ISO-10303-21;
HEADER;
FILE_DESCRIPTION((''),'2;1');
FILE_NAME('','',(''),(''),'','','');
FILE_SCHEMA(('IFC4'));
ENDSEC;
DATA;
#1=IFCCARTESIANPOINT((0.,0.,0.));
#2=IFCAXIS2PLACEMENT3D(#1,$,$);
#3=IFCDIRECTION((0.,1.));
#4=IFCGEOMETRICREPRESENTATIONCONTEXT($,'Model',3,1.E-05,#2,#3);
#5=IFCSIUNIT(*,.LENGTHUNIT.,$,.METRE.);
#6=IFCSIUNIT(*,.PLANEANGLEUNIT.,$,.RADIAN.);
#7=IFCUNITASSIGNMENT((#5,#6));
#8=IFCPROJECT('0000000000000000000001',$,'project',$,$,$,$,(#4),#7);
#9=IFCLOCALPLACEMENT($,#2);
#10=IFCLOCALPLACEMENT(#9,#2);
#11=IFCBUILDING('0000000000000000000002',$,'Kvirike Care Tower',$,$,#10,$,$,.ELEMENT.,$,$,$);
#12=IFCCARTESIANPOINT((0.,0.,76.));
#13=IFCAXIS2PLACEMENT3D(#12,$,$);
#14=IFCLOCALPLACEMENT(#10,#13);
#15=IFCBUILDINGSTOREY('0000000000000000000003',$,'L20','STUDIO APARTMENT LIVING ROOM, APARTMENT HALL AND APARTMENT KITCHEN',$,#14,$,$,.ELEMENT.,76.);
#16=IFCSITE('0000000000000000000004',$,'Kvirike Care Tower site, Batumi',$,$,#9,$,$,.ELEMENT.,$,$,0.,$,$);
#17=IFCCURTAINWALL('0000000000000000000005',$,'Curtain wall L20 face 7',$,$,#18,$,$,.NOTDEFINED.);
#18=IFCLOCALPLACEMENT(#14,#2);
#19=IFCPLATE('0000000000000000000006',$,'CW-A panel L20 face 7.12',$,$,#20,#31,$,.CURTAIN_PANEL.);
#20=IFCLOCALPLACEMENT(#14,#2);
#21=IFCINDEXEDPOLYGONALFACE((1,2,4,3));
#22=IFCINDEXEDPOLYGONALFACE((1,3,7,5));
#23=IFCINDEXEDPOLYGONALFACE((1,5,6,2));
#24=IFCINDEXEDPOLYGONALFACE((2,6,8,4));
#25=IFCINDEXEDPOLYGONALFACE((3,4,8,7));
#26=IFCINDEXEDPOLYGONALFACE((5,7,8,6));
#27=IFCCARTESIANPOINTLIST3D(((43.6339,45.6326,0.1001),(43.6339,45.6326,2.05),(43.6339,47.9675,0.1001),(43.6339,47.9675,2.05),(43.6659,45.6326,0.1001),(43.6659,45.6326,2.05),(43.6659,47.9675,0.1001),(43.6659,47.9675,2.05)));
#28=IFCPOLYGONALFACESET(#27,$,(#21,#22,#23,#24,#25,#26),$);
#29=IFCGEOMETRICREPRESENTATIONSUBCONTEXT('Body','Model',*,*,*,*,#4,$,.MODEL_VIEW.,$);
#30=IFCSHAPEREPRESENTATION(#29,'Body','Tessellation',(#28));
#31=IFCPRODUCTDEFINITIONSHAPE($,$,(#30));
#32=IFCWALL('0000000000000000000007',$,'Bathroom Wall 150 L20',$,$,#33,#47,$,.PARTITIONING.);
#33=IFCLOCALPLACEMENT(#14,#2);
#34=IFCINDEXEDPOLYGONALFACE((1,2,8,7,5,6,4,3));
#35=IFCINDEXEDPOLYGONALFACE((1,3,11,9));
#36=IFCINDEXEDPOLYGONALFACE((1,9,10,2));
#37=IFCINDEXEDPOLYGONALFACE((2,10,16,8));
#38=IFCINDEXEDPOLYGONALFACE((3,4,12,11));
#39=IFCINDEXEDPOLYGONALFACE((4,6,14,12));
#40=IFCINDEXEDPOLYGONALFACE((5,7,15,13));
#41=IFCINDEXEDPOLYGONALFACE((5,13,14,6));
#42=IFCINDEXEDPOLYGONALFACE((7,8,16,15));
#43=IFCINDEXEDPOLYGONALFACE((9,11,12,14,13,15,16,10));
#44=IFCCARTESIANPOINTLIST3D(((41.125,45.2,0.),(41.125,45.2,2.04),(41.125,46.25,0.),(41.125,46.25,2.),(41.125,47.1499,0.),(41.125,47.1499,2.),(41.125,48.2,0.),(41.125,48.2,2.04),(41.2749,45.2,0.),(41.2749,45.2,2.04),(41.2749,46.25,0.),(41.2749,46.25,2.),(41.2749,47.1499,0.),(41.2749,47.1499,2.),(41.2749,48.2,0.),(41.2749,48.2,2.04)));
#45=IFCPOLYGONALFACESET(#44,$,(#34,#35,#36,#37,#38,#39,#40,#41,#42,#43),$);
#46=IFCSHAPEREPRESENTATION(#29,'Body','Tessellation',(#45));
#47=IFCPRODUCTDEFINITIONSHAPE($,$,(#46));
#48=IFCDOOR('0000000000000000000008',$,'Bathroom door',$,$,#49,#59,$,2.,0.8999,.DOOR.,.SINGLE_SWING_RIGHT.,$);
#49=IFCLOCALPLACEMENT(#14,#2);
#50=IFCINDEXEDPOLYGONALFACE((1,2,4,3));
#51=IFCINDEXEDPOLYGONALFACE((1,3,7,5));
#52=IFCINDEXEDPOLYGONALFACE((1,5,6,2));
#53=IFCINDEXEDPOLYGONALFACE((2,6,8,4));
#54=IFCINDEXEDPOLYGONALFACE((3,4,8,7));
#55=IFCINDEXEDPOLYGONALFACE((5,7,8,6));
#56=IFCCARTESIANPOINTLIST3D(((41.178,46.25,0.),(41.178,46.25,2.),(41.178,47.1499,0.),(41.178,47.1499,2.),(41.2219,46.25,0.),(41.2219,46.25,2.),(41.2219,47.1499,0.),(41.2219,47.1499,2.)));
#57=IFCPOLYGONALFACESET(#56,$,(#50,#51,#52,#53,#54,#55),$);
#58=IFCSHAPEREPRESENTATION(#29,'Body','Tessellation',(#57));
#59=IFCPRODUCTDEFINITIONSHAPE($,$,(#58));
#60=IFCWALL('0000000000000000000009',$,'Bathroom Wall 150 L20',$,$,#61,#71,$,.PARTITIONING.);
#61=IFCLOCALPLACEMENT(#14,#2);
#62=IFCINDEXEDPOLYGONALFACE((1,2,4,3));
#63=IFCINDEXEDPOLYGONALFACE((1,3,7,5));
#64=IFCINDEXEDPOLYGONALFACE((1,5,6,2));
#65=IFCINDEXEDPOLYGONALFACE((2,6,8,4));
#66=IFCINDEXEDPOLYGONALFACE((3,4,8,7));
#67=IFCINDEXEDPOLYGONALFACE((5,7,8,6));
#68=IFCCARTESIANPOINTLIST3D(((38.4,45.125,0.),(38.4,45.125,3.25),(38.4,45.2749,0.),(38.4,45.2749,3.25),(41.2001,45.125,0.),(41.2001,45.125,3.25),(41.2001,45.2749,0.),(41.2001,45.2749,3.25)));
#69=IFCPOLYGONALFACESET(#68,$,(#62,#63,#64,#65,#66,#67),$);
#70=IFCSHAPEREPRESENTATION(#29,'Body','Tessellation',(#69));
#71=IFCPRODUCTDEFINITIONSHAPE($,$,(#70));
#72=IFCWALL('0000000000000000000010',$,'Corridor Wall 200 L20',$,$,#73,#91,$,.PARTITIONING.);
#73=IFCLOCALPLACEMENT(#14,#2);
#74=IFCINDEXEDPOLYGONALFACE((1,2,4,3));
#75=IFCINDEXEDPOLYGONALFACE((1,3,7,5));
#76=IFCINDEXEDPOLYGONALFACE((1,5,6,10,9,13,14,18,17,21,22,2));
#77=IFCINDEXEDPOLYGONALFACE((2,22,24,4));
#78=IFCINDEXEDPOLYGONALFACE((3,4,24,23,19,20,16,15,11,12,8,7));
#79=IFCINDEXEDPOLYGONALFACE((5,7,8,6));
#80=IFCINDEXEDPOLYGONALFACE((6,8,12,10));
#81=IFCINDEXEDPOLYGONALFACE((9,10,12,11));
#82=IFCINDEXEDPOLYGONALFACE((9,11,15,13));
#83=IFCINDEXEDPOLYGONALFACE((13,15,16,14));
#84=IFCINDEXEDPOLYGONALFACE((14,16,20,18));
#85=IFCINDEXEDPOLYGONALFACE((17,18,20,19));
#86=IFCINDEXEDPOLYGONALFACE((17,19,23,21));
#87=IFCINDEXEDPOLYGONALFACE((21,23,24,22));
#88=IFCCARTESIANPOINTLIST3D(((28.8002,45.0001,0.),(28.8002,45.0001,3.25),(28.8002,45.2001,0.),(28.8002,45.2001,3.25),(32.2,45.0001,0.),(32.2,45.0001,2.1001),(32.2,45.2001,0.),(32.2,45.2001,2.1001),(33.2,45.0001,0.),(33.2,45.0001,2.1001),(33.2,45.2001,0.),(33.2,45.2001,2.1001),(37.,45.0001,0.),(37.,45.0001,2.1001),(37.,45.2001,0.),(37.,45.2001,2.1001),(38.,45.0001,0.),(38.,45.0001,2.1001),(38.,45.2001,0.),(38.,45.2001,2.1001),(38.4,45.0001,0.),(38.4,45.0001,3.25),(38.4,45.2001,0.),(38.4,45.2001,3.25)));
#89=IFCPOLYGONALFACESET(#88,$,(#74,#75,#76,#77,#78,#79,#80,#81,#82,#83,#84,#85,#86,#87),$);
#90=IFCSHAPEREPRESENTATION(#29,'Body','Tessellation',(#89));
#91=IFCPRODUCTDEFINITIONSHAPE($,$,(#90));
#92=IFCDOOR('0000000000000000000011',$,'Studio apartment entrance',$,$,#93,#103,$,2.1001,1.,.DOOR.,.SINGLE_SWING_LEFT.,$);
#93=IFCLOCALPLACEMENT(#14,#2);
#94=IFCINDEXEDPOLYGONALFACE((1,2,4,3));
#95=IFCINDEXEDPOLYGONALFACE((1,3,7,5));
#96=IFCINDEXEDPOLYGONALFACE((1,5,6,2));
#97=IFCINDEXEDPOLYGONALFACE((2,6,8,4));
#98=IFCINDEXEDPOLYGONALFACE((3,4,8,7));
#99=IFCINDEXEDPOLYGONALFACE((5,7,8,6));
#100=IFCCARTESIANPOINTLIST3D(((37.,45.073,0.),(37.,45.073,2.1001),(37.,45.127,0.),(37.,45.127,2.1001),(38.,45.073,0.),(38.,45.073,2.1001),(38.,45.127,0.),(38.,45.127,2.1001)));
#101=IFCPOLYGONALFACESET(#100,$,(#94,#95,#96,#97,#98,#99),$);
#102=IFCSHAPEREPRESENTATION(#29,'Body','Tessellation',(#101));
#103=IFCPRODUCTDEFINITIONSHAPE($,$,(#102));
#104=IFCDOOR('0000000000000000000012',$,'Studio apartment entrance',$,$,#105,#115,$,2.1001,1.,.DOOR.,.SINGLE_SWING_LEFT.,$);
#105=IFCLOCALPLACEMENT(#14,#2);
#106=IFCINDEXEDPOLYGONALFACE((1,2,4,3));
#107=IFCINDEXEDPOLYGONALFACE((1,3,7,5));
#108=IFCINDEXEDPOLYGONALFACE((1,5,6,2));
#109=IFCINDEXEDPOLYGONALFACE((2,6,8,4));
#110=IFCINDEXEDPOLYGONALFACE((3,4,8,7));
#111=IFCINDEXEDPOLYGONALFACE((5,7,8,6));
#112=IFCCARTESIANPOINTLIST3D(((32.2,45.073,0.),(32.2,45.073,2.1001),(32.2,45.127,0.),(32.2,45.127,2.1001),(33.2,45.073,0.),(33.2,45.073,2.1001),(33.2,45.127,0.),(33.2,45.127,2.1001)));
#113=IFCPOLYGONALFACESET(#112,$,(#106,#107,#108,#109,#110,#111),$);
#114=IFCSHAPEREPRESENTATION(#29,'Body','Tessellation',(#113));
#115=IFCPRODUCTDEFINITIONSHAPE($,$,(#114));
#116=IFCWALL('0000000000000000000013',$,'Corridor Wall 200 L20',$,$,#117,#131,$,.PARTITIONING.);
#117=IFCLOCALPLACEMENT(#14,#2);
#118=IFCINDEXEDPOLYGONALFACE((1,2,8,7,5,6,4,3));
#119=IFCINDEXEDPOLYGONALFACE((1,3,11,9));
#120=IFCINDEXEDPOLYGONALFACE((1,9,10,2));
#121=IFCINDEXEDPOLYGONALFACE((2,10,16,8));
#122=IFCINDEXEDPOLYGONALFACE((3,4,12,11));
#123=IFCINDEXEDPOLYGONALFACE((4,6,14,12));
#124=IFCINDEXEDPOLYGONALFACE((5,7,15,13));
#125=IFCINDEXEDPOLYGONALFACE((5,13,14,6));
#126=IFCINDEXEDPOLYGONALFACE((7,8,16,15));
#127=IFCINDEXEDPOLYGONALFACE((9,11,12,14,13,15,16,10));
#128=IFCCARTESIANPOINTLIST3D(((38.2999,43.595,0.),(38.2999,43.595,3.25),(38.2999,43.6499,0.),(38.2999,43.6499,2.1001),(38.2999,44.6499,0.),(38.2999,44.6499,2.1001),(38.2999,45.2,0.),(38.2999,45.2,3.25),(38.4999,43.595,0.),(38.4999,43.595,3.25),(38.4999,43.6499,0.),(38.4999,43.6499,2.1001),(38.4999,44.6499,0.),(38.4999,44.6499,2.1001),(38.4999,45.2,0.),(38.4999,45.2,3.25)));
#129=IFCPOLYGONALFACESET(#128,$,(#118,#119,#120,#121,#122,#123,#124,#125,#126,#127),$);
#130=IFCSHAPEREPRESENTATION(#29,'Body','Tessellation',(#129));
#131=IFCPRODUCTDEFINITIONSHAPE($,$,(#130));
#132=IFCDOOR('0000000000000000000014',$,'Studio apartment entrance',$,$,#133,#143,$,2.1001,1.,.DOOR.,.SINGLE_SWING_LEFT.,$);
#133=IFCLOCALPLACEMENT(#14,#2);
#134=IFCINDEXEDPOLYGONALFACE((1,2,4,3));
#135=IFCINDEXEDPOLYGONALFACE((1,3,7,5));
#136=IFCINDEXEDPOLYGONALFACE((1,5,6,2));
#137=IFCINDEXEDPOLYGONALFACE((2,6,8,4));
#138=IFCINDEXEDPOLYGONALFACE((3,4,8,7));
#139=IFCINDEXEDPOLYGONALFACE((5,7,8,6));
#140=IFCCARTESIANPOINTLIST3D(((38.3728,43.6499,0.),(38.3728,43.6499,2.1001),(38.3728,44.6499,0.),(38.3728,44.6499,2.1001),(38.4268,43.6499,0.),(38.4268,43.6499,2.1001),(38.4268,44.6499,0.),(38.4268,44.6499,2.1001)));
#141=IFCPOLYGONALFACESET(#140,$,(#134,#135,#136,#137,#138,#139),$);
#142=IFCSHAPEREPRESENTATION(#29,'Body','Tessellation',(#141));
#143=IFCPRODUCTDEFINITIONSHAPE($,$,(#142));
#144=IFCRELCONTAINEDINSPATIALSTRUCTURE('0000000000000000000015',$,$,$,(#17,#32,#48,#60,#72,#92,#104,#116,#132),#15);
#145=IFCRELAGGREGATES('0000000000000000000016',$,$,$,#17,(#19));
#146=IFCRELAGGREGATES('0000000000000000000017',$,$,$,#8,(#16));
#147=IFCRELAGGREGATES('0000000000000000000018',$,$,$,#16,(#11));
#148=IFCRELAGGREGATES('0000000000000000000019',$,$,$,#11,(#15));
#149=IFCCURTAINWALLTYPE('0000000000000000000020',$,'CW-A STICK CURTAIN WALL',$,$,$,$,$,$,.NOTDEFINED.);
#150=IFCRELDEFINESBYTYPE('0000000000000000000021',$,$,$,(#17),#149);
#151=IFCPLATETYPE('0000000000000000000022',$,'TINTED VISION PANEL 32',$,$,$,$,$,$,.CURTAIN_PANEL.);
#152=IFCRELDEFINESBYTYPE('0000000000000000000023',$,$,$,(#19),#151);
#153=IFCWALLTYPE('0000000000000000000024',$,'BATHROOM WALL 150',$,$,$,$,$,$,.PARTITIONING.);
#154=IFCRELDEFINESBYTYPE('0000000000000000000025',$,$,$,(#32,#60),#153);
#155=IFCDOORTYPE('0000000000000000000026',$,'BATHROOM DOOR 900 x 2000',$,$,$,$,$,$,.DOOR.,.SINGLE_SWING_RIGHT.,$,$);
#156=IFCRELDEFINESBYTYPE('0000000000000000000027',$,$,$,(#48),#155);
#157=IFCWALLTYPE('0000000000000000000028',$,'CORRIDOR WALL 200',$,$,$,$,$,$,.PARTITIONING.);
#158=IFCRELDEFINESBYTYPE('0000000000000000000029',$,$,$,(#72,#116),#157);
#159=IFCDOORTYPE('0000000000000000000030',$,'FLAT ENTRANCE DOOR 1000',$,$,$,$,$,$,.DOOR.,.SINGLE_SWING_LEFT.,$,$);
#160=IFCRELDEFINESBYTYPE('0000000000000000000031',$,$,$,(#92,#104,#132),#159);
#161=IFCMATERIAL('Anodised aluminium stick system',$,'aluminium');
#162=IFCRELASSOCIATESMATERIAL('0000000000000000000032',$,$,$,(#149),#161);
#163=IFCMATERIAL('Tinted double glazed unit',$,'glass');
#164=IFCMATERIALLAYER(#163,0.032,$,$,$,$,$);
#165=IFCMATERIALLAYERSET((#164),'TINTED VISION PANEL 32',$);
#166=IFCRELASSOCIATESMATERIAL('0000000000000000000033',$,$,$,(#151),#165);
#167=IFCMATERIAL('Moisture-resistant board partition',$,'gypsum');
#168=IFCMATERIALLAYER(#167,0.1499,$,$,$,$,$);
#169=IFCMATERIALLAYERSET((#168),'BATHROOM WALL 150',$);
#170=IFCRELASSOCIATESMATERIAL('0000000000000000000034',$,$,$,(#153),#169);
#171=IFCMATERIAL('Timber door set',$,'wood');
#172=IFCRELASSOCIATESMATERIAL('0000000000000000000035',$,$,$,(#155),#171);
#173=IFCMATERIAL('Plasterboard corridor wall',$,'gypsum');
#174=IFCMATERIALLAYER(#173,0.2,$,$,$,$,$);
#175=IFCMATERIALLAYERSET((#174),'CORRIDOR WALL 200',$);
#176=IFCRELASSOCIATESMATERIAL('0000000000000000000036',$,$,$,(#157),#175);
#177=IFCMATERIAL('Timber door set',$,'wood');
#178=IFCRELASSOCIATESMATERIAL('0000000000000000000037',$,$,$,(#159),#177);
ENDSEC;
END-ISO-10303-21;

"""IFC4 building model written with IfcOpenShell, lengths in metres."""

from ifc_helpers import new_model, si_unit, direction, frame, frame_2d, origin, origin_2d, place, context, subcontext, project, spatial, rectangle, extrude, material, layer, layer_set, type_object, element, fill, aggregate, save


model = new_model("IFC4")

# Units and contexts
model_context = context("Model", 3, precision=1e-05, world=origin(), true_north=direction((0.0, 1.0)))
body_context = subcontext(model_context, "Body", "Model", "MODEL_VIEW")
ifc_project = project(units=[si_unit("LENGTHUNIT", "METRE"), si_unit("PLANEANGLEUNIT", "RADIAN")], contexts=[model_context])

# Site, building, storey
site_placement = place(None, origin())
site = spatial("IfcSite", under=ifc_project, at=site_placement, Name="Kvirike Care Tower site, Batumi", CompositionType="ELEMENT", RefElevation=0.0)
building_placement = place(site_placement, origin())
building = spatial("IfcBuilding", under=site, at=building_placement, Name="Kvirike Care Tower", CompositionType="ELEMENT")
storey_placement = place(building_placement, frame((0.0, 0.0, 76.0)))
storey = spatial("IfcBuildingStorey", under=building, at=storey_placement, Name="L20", Description="STUDIO APARTMENT LIVING ROOM, APARTMENT HALL AND APARTMENT KITCHEN", CompositionType="ELEMENT", Elevation=76.0)

# Curtain wall
ifc_material_1 = material(Name="Anodised aluminium stick system", Category="aluminium")
curtain_wall_type = type_object("IfcCurtainWallType", Name="CW-A STICK CURTAIN WALL", PredefinedType="NOTDEFINED", material=ifc_material_1)
curtain_wall_placement = place(storey_placement, origin())
curtain_wall = element("IfcCurtainWall", 1, at=curtain_wall_placement, inside=storey, type_object=curtain_wall_type, Name="Curtain wall L20 face 7", PredefinedType="NOTDEFINED")

# Plate
ifc_material_2 = material(Name="Tinted double glazed unit", Category="glass")
ifc_layer_1 = layer(ifc_material_2, 0.032)
ifc_layer_set_1 = layer_set([ifc_layer_1], Name="TINTED VISION PANEL 32")
plate_type = type_object("IfcPlateType", Name="TINTED VISION PANEL 32", PredefinedType="CURTAIN_PANEL", material=ifc_layer_set_1)
plate_1_placement = place(storey_placement, frame((43.6499, 46.8, 0.1001), z_axis=(0.0, 0.0, 1.0), x_axis=(0.0, 1.0, 0.0)))
plate_1 = element("IfcPlate", 2, at=plate_1_placement, type_object=plate_type, Name="CW-A panel L20 face 7.12", PredefinedType="CURTAIN_PANEL", context=body_context, shape_type="SweptSolid", body=[
    extrude(rectangle(XDim=2.335, YDim=0.032, at=origin_2d()), origin(), (0.0, 0.0, 1.0), 1.95),
])
aggregate(curtain_wall, [plate_1])

# Wall, opening, door
ifc_material_3 = material(Name="Moisture-resistant board partition", Category="gypsum")
ifc_layer_2 = layer(ifc_material_3, 0.1499)
ifc_layer_set_2 = layer_set([ifc_layer_2], Name="BATHROOM WALL 150")
wall_type_1 = type_object("IfcWallType", Name="BATHROOM WALL 150", PredefinedType="PARTITIONING", material=ifc_layer_set_2)
wall_1_placement = place(storey_placement, frame((41.2, 48.2, 0.0), z_axis=(0.0, 0.0, 1.0), x_axis=(0.0, -1.0, 0.0)))
wall_1 = element("IfcWall", 3, at=wall_1_placement, inside=storey, type_object=wall_type_1, Name="Bathroom Wall 150 L20", PredefinedType="PARTITIONING", context=body_context, shape_type="SweptSolid", body=[
    extrude(rectangle(XDim=3.0, YDim=0.1499, at=frame_2d((1.5, 0.0))), origin(), (0.0, 0.0, 1.0), 2.04),
])
opening_1_placement = place(wall_1_placement, frame((1.05, 0.0, 0.0)))
opening_1 = element("IfcOpeningElement", 4, at=opening_1_placement, cuts=wall_1, PredefinedType="OPENING", context=body_context, shape_type="SweptSolid", body=[
    extrude(rectangle(XDim=0.8999, YDim=2.0, at=frame_2d((0.45, 1.0))), frame((0.0, 0.0854, 0.0), z_axis=(0.0, -1.0, 0.0), x_axis=(1.0, 0.0, 0.0)), (0.0, 0.0, 1.0), 0.1709),
])
ifc_material_4 = material(Name="Timber door set", Category="wood")
door_type_1 = type_object("IfcDoorType", Name="BATHROOM DOOR 900 x 2000", OperationType="SINGLE_SWING_RIGHT", PredefinedType="DOOR", material=ifc_material_4)
door_1_placement = place(opening_1_placement, frame((0.8999, 0.0, 0.0), z_axis=(0.0, 0.0, 1.0), x_axis=(-1.0, 0.0, 0.0)))
door_1 = element("IfcDoor", 5, at=door_1_placement, inside=storey, type_object=door_type_1, Name="Bathroom door", OperationType="SINGLE_SWING_RIGHT", OverallHeight=2.0, OverallWidth=0.8999, PredefinedType="DOOR", context=body_context, shape_type="SweptSolid", body=[
    extrude(rectangle(XDim=0.8999, YDim=2.0, at=frame_2d((0.45, 1.0))), frame((0.0, 0.022, 0.0), z_axis=(0.0, -1.0, 0.0), x_axis=(1.0, 0.0, 0.0)), (0.0, 0.0, 1.0), 0.0439),
])
fill(opening_1, door_1)

# Wall
wall_2_placement = place(storey_placement, frame((41.2, 45.2, 0.0), z_axis=(0.0, 0.0, 1.0), x_axis=(-1.0, 0.0, 0.0)))
element("IfcWall", 6, at=wall_2_placement, inside=storey, type_object=wall_type_1, Name="Bathroom Wall 150 L20", PredefinedType="PARTITIONING", context=body_context, shape_type="SweptSolid", body=[
    extrude(rectangle(XDim=2.8, YDim=0.1499, at=frame_2d((1.3999, 0.0))), origin(), (0.0, 0.0, 1.0), 3.25),
])

# Wall, openings, doors
ifc_material_5 = material(Name="Plasterboard corridor wall", Category="gypsum")
ifc_layer_3 = layer(ifc_material_5, 0.2)
ifc_layer_set_3 = layer_set([ifc_layer_3], Name="CORRIDOR WALL 200")
wall_type_2 = type_object("IfcWallType", Name="CORRIDOR WALL 200", PredefinedType="PARTITIONING", material=ifc_layer_set_3)
wall_3_placement = place(storey_placement, frame((38.3999, 45.1001, 0.0), z_axis=(0.0, 0.0, 1.0), x_axis=(-1.0, 0.0, 0.0)))
wall_3 = element("IfcWall", 7, at=wall_3_placement, inside=storey, type_object=wall_type_2, Name="Corridor Wall 200 L20", PredefinedType="PARTITIONING", context=body_context, shape_type="SweptSolid", body=[
    extrude(rectangle(XDim=9.5999, YDim=0.2, at=frame_2d((4.7998, 0.0))), origin(), (0.0, 0.0, 1.0), 3.25),
])
opening_2_placement = place(wall_3_placement, frame((0.3999, 0.0, 0.0)))
opening_2 = element("IfcOpeningElement", 8, at=opening_2_placement, cuts=wall_3, PredefinedType="OPENING", context=body_context, shape_type="SweptSolid", body=[
    extrude(rectangle(XDim=1.0, YDim=2.1001, at=frame_2d((0.5, 1.05))), frame((0.0, 0.1106, 0.0), z_axis=(0.0, -1.0, 0.0), x_axis=(1.0, 0.0, 0.0)), (0.0, 0.0, 1.0), 0.2209),
])
opening_3_placement = place(wall_3_placement, frame((5.2, 0.0, 0.0)))
opening_3 = element("IfcOpeningElement", 9, at=opening_3_placement, cuts=wall_3, PredefinedType="OPENING", context=body_context, shape_type="SweptSolid", body=[
    extrude(rectangle(XDim=1.0, YDim=2.1001, at=frame_2d((0.5, 1.05))), frame((0.0, 0.1106, 0.0), z_axis=(0.0, -1.0, 0.0), x_axis=(1.0, 0.0, 0.0)), (0.0, 0.0, 1.0), 0.2209),
])
ifc_material_6 = material(Name="Timber door set", Category="wood")
door_type_2 = type_object("IfcDoorType", Name="FLAT ENTRANCE DOOR 1000", OperationType="SINGLE_SWING_LEFT", PredefinedType="DOOR", material=ifc_material_6)
door_2_placement = place(opening_2_placement, frame((1.0, 0.0, 0.0), z_axis=(0.0, 0.0, 1.0), x_axis=(-1.0, 0.0, 0.0)))
door_2 = element("IfcDoor", 10, at=door_2_placement, inside=storey, type_object=door_type_2, Name="Studio apartment entrance", OperationType="SINGLE_SWING_LEFT", OverallHeight=2.1001, OverallWidth=1.0, PredefinedType="DOOR", context=body_context, shape_type="SweptSolid", body=[
    extrude(rectangle(XDim=1.0, YDim=2.1001, at=frame_2d((0.5, 1.05))), frame((0.0, 0.0269, 0.0), z_axis=(0.0, -1.0, 0.0), x_axis=(1.0, 0.0, 0.0)), (0.0, 0.0, 1.0), 0.054),
])
fill(opening_2, door_2)
door_3_placement = place(opening_3_placement, frame((1.0, 0.0, 0.0), z_axis=(0.0, 0.0, 1.0), x_axis=(-1.0, 0.0, 0.0)))
door_3 = element("IfcDoor", 11, at=door_3_placement, inside=storey, type_object=door_type_2, Name="Studio apartment entrance", OperationType="SINGLE_SWING_LEFT", OverallHeight=2.1001, OverallWidth=1.0, PredefinedType="DOOR", context=body_context, shape_type="SweptSolid", body=[
    extrude(rectangle(XDim=1.0, YDim=2.1001, at=frame_2d((0.5, 1.05))), frame((0.0, 0.0269, 0.0), z_axis=(0.0, -1.0, 0.0), x_axis=(1.0, 0.0, 0.0)), (0.0, 0.0, 1.0), 0.054),
])
fill(opening_3, door_3)

# Wall, opening, door
wall_4_placement = place(storey_placement, frame((38.3999, 45.2, 0.0), z_axis=(0.0, 0.0, 1.0), x_axis=(0.0, -1.0, 0.0)))
wall_4 = element("IfcWall", 12, at=wall_4_placement, inside=storey, type_object=wall_type_2, Name="Corridor Wall 200 L20", PredefinedType="PARTITIONING", context=body_context, shape_type="SweptSolid", body=[
    extrude(rectangle(XDim=1.605, YDim=0.2, at=frame_2d((0.8025, 0.0))), origin(), (0.0, 0.0, 1.0), 3.25),
])
opening_4_placement = place(wall_4_placement, frame((0.55, 0.0, 0.0)))
opening_4 = element("IfcOpeningElement", 13, at=opening_4_placement, cuts=wall_4, PredefinedType="OPENING", context=body_context, shape_type="SweptSolid", body=[
    extrude(rectangle(XDim=1.0, YDim=2.1001, at=frame_2d((0.5, 1.05))), frame((0.0, 0.1106, 0.0), z_axis=(0.0, -1.0, 0.0), x_axis=(1.0, 0.0, 0.0)), (0.0, 0.0, 1.0), 0.2209),
])
door_4_placement = place(opening_4_placement, origin())
door_4 = element("IfcDoor", 14, at=door_4_placement, inside=storey, type_object=door_type_2, Name="Studio apartment entrance", OperationType="SINGLE_SWING_LEFT", OverallHeight=2.1001, OverallWidth=1.0, PredefinedType="DOOR", context=body_context, shape_type="SweptSolid", body=[
    extrude(rectangle(XDim=1.0, YDim=2.1001, at=frame_2d((0.5, 1.05))), frame((0.0, 0.0269, 0.0), z_axis=(0.0, -1.0, 0.0), x_axis=(1.0, 0.0, 0.0)), (0.0, 0.0, 1.0), 0.054),
])
fill(opening_4, door_4)

save(model, "model.ifc")
